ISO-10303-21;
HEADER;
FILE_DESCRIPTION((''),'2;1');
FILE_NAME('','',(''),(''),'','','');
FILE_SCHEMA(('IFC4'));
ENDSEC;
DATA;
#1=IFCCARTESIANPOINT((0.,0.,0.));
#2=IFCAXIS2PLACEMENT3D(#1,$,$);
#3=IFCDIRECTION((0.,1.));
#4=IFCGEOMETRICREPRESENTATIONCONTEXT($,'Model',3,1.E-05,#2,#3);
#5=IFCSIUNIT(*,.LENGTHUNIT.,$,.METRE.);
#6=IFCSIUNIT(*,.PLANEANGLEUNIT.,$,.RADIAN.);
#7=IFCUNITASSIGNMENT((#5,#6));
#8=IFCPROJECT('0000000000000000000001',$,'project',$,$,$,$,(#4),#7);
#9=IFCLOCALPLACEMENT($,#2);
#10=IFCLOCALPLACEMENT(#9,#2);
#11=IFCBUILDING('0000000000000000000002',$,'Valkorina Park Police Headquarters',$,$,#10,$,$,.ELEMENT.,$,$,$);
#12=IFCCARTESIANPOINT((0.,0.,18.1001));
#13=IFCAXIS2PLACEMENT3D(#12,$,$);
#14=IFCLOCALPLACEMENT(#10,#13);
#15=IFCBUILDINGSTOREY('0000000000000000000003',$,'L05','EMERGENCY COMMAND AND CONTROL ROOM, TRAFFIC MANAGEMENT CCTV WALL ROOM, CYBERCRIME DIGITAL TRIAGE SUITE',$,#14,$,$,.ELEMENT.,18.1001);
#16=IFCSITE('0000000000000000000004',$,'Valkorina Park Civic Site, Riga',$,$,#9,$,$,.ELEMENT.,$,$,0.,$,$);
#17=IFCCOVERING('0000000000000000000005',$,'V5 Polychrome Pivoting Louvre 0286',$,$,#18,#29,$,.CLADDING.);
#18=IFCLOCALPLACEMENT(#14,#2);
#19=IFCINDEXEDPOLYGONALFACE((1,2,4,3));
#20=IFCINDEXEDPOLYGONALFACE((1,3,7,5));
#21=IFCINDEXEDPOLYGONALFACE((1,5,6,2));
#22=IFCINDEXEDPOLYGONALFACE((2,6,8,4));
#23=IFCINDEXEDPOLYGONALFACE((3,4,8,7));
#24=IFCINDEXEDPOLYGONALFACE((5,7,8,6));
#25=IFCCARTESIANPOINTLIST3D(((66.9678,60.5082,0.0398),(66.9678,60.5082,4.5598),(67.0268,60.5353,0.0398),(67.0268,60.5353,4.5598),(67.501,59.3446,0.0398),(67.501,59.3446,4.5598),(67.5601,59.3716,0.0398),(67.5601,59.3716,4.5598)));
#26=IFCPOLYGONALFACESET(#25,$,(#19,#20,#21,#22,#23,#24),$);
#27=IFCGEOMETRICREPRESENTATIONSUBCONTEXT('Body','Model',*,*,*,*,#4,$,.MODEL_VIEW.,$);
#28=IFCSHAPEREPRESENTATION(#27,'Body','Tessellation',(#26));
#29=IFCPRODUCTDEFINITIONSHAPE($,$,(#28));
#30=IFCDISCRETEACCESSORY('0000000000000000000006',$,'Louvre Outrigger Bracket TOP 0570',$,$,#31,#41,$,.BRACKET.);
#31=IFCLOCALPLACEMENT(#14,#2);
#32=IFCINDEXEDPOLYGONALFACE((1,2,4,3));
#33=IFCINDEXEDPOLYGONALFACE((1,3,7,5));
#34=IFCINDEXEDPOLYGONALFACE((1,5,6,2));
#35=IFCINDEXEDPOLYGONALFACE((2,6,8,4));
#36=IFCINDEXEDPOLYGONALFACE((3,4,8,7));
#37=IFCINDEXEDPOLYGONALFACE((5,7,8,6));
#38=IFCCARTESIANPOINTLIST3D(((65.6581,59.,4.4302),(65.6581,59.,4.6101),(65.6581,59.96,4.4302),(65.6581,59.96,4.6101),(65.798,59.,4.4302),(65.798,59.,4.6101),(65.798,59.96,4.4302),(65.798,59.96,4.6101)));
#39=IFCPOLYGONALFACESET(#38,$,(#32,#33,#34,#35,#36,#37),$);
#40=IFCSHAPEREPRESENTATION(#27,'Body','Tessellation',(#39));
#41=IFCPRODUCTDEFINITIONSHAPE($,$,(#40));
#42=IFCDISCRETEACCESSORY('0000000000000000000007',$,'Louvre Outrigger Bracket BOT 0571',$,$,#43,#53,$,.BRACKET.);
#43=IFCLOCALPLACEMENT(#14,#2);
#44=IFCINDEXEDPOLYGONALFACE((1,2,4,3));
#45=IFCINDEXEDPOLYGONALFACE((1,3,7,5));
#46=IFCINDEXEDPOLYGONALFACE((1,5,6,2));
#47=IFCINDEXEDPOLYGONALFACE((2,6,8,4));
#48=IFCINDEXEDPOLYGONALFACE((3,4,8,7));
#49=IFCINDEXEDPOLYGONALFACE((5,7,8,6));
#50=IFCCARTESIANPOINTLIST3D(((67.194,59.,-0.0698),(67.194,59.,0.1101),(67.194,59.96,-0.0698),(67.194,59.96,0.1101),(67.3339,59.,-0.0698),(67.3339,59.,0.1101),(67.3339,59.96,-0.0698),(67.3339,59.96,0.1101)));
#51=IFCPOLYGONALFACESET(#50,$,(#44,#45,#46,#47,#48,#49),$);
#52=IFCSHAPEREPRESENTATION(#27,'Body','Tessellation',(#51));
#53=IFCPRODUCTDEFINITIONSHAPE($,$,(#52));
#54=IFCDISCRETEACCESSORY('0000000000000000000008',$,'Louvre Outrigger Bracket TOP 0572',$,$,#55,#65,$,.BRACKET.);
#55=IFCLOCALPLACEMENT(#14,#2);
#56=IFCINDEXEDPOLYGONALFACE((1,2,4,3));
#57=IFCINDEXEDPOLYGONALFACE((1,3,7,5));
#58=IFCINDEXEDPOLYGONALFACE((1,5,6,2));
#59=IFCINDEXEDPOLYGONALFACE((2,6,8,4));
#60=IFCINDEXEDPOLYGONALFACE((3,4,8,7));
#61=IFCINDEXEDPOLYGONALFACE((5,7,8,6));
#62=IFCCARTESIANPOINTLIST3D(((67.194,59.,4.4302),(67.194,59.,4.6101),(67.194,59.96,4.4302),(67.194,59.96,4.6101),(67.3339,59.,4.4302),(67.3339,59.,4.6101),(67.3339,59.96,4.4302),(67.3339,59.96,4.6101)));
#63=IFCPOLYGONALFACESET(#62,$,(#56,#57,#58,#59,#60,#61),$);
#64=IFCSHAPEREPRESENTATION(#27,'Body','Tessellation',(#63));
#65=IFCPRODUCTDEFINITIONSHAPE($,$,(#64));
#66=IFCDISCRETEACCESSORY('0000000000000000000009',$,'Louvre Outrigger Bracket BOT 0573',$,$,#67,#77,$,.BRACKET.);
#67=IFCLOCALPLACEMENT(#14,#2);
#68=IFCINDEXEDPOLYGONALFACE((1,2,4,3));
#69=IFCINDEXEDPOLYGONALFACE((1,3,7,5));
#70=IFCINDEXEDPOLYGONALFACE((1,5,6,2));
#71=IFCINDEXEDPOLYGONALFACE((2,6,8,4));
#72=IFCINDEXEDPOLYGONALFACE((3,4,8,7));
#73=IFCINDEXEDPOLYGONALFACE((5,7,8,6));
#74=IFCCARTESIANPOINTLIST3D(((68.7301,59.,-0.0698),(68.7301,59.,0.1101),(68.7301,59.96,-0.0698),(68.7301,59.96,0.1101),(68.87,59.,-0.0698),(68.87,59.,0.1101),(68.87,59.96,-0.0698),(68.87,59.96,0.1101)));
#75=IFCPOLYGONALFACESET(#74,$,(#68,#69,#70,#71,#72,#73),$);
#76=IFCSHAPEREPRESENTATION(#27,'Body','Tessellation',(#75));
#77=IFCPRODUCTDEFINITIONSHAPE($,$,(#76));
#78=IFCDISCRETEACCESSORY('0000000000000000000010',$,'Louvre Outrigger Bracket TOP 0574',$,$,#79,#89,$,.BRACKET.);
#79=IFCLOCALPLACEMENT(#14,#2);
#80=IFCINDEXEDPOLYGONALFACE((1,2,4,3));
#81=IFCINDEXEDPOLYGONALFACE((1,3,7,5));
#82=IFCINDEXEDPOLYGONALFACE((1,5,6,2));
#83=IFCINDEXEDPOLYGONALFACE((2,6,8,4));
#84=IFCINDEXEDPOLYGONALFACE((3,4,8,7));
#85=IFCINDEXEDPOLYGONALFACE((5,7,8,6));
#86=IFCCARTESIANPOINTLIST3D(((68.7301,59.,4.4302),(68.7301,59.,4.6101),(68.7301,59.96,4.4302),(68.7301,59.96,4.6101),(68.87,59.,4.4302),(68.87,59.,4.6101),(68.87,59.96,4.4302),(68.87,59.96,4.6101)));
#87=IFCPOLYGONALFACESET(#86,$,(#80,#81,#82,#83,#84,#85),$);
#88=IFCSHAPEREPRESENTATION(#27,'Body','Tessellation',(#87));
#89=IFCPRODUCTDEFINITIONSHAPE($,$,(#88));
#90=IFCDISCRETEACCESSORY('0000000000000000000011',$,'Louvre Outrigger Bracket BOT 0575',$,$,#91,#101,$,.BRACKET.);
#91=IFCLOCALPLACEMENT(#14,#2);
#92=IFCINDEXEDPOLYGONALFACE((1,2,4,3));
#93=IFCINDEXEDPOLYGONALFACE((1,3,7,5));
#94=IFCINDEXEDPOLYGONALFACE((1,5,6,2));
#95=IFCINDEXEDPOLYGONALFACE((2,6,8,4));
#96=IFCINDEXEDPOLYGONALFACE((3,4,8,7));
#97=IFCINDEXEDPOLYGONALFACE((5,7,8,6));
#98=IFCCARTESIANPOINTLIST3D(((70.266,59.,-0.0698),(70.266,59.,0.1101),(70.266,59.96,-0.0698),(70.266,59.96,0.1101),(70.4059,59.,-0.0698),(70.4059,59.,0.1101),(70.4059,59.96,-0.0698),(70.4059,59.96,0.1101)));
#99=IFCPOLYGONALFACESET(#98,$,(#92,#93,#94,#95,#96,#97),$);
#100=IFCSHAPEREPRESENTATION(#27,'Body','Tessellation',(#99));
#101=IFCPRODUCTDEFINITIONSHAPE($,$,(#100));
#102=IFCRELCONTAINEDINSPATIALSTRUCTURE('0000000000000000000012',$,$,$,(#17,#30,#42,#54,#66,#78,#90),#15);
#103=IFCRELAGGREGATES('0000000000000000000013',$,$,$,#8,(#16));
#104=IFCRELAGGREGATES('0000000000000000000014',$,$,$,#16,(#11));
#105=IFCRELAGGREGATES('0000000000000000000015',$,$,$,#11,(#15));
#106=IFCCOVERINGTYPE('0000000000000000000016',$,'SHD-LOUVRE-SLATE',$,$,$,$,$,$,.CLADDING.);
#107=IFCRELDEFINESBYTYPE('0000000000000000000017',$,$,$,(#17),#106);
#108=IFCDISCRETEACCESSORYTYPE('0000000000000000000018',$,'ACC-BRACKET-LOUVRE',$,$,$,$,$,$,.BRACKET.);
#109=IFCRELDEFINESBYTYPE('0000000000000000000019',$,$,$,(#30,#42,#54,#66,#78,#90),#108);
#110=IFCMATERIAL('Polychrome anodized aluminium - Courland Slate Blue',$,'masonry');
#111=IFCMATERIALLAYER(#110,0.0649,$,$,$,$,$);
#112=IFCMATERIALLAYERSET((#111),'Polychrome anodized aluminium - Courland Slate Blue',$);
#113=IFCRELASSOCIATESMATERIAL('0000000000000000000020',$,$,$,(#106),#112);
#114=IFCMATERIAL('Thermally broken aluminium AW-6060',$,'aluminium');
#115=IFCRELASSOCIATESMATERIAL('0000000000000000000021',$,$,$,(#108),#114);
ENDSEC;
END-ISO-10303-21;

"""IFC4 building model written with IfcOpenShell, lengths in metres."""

from ifc_helpers import new_model, si_unit, direction, frame, origin, origin_2d, place, context, subcontext, project, spatial, rectangle, extrude, material, layer, layer_set, type_object, element, save


model = new_model("IFC4")

# Units and contexts
model_context = context("Model", 3, precision=1e-05, world=origin(), true_north=direction((0.0, 1.0)))
body_context = subcontext(model_context, "Body", "Model", "MODEL_VIEW")
ifc_project = project(units=[si_unit("LENGTHUNIT", "METRE"), si_unit("PLANEANGLEUNIT", "RADIAN")], contexts=[model_context])

# Site, building, storey
site_placement = place(None, origin())
site = spatial("IfcSite", under=ifc_project, at=site_placement, Name="Valkorina Park Civic Site, Riga", CompositionType="ELEMENT", RefElevation=0.0)
building_placement = place(site_placement, origin())
building = spatial("IfcBuilding", under=site, at=building_placement, Name="Valkorina Park Police Headquarters", CompositionType="ELEMENT")
storey_placement = place(building_placement, frame((0.0, 0.0, 18.1001)))
storey = spatial("IfcBuildingStorey", under=building, at=storey_placement, Name="L05", Description="EMERGENCY COMMAND AND CONTROL ROOM, TRAFFIC MANAGEMENT CCTV WALL ROOM, CYBERCRIME DIGITAL TRIAGE SUITE", CompositionType="ELEMENT", Elevation=18.1001)

# Shared definitions
ifc_material_1 = material(Name="Thermally broken aluminium AW-6060", Category="aluminium")

# Covering
ifc_material_2 = material(Name="Polychrome anodized aluminium - Courland Slate Blue", Category="masonry")
ifc_layer_1 = layer(ifc_material_2, 0.0649)
ifc_layer_set_1 = layer_set([ifc_layer_1], Name="Polychrome anodized aluminium - Courland Slate Blue")
covering_type_1 = type_object("IfcCoveringType", Name="SHD-LOUVRE-SLATE", PredefinedType="CLADDING", material=ifc_layer_set_1)
covering_1_placement = place(storey_placement, frame((67.2639, 59.9399, 0.0398), z_axis=(0.0, 0.0, 1.0), x_axis=(-0.416598, 0.909091, 0.0)))
element("IfcCovering", 1, at=covering_1_placement, inside=storey, type_object=covering_type_1, Name="V5 Polychrome Pivoting Louvre 0286", PredefinedType="CLADDING", context=body_context, shape_type="SweptSolid", body=[
    extrude(rectangle(XDim=1.28, YDim=0.0649, at=origin_2d()), origin(), (0.0, 0.0, 1.0), 4.52),
])

# Discrete accessories
discrete_accessory_type = type_object("IfcDiscreteAccessoryType", Name="ACC-BRACKET-LOUVRE", PredefinedType="BRACKET", material=ifc_material_1)
for number, where, z_axis, x_axis, name in (
    (2, (65.728, 59.48, 4.4302), (0.0, 0.0, 1.0), (0.0, 1.0, 0.0), "Louvre Outrigger Bracket TOP 0570"),
    (3, (67.2639, 59.48, -0.0698), (0.0, 0.0, 1.0), (0.0, 1.0, 0.0), "Louvre Outrigger Bracket BOT 0571"),
    (4, (67.2639, 59.48, 4.4302), (0.0, 0.0, 1.0), (0.0, 1.0, 0.0), "Louvre Outrigger Bracket TOP 0572"),
    (5, (68.8, 59.48, -0.0698), (0.0, 0.0, 1.0), (0.0, 1.0, 0.0), "Louvre Outrigger Bracket BOT 0573"),
    (6, (68.8, 59.48, 4.4302), (0.0, 0.0, 1.0), (0.0, 1.0, 0.0), "Louvre Outrigger Bracket TOP 0574"),
    (7, (70.3359, 59.48, -0.0698), (0.0, 0.0, 1.0), (0.0, 1.0, 0.0), "Louvre Outrigger Bracket BOT 0575"),
):
    element("IfcDiscreteAccessory", number, at=place(storey_placement, frame(where, z_axis=z_axis, x_axis=x_axis)), inside=storey, type_object=discrete_accessory_type, Name=name, PredefinedType="BRACKET", context=body_context, shape_type="SweptSolid", body=[
        extrude(rectangle(XDim=0.96, YDim=0.1399, at=origin_2d()), origin(), (0.0, 0.0, 1.0), 0.1799),
    ])

save(model, "model.ifc")
